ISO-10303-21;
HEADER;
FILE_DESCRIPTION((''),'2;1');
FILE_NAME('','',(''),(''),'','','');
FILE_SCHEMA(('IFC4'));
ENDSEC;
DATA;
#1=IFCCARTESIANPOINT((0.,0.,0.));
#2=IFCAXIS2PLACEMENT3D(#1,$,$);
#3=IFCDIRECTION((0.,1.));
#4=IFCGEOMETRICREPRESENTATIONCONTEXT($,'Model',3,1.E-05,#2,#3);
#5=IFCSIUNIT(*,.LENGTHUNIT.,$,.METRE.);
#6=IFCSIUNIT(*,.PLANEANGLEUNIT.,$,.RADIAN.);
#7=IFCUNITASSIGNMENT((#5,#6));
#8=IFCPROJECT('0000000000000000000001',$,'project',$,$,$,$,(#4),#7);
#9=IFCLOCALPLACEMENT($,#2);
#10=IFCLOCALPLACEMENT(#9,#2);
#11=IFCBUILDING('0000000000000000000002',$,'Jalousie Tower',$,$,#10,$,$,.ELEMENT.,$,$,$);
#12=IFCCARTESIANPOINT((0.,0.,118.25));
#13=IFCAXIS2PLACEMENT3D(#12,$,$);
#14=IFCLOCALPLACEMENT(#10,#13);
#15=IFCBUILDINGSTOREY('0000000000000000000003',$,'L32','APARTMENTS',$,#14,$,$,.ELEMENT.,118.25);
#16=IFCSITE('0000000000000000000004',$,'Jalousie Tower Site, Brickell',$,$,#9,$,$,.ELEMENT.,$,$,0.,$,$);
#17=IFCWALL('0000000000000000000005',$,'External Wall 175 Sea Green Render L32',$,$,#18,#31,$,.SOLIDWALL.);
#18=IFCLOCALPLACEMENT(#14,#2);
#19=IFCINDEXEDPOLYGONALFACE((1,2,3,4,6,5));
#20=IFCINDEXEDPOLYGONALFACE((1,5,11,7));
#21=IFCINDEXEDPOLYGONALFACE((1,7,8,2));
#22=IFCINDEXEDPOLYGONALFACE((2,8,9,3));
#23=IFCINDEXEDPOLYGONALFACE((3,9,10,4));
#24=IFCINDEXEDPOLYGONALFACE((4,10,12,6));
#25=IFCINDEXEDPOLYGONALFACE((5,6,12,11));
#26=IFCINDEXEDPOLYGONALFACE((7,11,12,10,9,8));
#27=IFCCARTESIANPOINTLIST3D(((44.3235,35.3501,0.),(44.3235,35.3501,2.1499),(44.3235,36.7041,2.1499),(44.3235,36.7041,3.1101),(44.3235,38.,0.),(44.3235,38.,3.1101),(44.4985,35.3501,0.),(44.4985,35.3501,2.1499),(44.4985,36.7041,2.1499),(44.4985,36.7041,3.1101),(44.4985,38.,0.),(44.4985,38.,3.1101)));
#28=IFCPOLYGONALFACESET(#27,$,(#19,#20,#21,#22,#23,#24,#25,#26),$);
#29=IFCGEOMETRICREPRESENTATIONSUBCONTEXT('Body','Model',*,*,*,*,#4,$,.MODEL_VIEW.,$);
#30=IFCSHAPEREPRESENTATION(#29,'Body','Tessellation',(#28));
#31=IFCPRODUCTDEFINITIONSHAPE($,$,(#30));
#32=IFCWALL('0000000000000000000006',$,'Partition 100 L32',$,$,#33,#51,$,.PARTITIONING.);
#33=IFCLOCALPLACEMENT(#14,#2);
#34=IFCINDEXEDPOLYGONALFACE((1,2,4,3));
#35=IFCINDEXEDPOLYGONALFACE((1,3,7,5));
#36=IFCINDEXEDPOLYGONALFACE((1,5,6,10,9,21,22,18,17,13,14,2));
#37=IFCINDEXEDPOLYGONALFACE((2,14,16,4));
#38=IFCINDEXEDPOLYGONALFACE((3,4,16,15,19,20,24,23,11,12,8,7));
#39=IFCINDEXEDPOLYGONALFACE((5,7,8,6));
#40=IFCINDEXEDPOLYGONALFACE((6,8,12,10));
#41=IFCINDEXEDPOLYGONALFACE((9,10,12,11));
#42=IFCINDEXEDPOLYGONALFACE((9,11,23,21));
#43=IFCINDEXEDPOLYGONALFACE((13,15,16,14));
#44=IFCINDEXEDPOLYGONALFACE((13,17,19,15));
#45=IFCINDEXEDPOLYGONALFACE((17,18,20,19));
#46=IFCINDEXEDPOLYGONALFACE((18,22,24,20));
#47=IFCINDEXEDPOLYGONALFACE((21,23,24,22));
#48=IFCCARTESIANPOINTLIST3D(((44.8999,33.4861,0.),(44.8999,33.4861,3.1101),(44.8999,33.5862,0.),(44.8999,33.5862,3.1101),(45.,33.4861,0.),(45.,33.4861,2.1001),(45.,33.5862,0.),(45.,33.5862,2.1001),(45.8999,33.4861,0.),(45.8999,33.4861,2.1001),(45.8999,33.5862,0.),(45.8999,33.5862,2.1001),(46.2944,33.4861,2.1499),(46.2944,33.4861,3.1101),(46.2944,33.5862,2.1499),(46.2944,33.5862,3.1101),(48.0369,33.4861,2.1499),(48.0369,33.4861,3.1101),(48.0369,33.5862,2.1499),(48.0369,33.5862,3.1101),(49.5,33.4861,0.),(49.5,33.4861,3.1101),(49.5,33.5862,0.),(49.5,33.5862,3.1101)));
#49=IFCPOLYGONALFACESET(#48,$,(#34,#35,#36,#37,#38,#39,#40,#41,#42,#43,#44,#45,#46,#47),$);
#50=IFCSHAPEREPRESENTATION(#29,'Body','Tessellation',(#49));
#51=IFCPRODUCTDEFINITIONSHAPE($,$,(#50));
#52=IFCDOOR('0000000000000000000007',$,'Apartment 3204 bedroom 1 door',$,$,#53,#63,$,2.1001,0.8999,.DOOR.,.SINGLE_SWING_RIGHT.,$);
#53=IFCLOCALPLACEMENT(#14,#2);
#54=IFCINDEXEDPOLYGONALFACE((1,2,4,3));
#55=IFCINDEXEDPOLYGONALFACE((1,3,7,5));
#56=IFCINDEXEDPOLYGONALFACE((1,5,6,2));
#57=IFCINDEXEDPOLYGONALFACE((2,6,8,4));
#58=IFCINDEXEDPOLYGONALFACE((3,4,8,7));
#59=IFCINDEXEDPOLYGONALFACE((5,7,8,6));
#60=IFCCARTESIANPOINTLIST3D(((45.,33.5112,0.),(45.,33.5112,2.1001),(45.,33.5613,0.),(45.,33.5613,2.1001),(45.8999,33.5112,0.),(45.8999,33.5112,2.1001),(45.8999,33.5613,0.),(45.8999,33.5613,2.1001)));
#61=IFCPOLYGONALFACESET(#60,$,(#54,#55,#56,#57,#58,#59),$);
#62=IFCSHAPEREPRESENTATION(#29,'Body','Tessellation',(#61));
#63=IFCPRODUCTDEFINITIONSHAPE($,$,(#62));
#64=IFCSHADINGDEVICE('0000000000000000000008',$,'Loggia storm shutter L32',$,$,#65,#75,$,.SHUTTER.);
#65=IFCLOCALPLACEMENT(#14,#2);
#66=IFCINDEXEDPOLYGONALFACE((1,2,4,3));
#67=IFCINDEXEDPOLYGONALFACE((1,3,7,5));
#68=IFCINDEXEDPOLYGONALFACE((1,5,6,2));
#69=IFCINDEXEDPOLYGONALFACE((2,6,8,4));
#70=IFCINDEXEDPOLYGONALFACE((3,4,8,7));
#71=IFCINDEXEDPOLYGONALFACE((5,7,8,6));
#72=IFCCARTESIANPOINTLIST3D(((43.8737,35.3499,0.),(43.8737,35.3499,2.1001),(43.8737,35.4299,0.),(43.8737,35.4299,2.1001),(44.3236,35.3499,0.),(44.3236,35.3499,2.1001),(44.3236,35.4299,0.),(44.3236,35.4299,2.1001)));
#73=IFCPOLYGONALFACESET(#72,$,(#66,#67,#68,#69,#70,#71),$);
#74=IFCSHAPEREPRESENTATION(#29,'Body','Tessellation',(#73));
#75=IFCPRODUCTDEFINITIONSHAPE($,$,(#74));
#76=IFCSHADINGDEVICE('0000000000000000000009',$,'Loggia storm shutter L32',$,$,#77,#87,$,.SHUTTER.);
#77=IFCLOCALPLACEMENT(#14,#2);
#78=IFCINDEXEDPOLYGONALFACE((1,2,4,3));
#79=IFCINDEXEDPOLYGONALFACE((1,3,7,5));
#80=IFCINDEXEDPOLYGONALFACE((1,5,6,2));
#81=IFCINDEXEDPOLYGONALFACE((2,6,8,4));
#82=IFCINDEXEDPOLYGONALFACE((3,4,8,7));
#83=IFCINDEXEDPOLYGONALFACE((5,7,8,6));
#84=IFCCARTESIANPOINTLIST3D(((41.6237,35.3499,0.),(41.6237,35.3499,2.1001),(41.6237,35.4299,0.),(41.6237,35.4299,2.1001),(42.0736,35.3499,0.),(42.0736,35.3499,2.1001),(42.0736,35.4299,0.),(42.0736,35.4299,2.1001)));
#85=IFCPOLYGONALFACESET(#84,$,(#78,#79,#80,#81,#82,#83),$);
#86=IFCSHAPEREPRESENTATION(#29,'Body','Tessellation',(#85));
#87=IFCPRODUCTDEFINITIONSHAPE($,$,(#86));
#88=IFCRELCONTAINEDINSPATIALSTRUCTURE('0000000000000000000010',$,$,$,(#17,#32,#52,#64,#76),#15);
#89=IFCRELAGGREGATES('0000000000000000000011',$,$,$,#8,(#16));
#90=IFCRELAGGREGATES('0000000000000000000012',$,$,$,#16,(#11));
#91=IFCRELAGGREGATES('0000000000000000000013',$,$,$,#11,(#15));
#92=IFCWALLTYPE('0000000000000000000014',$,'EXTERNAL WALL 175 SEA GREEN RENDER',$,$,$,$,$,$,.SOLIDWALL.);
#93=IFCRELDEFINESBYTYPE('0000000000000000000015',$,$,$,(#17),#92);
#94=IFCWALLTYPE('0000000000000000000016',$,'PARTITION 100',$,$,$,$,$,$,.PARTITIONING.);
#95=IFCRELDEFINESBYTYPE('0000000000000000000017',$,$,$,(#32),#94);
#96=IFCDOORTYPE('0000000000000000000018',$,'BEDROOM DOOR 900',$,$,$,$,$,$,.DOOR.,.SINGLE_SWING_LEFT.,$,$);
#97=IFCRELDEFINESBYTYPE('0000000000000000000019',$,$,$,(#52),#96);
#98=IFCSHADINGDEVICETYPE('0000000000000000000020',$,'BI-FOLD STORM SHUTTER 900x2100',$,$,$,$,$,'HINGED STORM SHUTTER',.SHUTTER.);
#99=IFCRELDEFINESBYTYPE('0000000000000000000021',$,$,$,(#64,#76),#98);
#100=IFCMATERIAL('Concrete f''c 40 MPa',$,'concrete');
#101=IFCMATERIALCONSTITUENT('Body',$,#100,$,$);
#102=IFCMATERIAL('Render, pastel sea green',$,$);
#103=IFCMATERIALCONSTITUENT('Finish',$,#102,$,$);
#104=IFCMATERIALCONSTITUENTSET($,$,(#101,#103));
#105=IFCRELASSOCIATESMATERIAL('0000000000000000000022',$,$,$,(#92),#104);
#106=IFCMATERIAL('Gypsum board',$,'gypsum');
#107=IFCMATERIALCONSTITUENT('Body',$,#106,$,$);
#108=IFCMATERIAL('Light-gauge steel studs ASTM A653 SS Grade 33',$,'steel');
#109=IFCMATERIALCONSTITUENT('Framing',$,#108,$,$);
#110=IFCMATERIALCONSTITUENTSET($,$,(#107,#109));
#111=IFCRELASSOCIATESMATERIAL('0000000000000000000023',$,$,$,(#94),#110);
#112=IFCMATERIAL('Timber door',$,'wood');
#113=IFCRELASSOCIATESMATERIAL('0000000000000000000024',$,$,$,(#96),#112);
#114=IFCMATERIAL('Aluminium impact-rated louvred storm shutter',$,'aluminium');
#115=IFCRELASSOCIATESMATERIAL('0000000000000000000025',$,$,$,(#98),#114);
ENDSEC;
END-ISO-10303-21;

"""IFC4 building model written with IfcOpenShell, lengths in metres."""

from ifc_helpers import new_model, si_unit, direction, frame, frame_2d, origin, origin_2d, place, context, subcontext, project, spatial, polyline, rectangle, outline, extrude, material, constituent, constituent_set, type_object, element, fill, save


model = new_model("IFC4")

# Units and contexts
model_context = context("Model", 3, precision=1e-05, world=origin(), true_north=direction((0.0, 1.0)))
body_context = subcontext(model_context, "Body", "Model", "MODEL_VIEW")
ifc_project = project(units=[si_unit("LENGTHUNIT", "METRE"), si_unit("PLANEANGLEUNIT", "RADIAN")], contexts=[model_context])

# Site, building, storey
site_placement = place(None, origin())
site = spatial("IfcSite", under=ifc_project, at=site_placement, Name="Jalousie Tower Site, Brickell", CompositionType="ELEMENT", RefElevation=0.0)
building_placement = place(site_placement, origin())
building = spatial("IfcBuilding", under=site, at=building_placement, Name="Jalousie Tower", CompositionType="ELEMENT")
storey_placement = place(building_placement, frame((0.0, 0.0, 118.25)))
storey = spatial("IfcBuildingStorey", under=building, at=storey_placement, Name="L32", Description="APARTMENTS", CompositionType="ELEMENT", Elevation=118.25)

# Shared definitions
ifc_material_1 = material(Name="Concrete f'c 40 MPa", Category="concrete")
ifc_constituent_1 = constituent(ifc_material_1, Name="Body")
ifc_material_2 = material(Name="Render, pastel sea green")
ifc_constituent_2 = constituent(ifc_material_2, Name="Finish")
ifc_constituent_set_1 = constituent_set(constituents=[ifc_constituent_1, ifc_constituent_2])
wall_type_1 = type_object("IfcWallType", Name="EXTERNAL WALL 175 SEA GREEN RENDER", PredefinedType="SOLIDWALL", material=ifc_constituent_set_1)

# Wall
wall_1_placement = place(storey_placement, frame((44.4111, 38.0, 0.0), z_axis=(0.0, 0.0, 1.0), x_axis=(0.0, -1.0, 0.0)))
element("IfcWall", 1, at=wall_1_placement, inside=storey, type_object=wall_type_1, Name="External Wall 175 Sea Green Render L32", PredefinedType="SOLIDWALL", context=body_context, shape_type="SweptSolid", body=[
    extrude(outline(polyline([(0.0, 0.0), (2.6499, 0.0), (2.6499, 2.1499), (1.2959, 2.1499), (1.2959, 3.1101), (0.0, 3.1101), (0.0, 0.0)])), frame((0.0, 0.0874, 0.0), z_axis=(0.0, -1.0, 0.0), x_axis=(1.0, 0.0, 0.0)), (0.0, 0.0, 1.0), 0.175),
])

# Wall, opening, door
ifc_material_3 = material(Name="Gypsum board", Category="gypsum")
ifc_constituent_3 = constituent(ifc_material_3, Name="Body")
ifc_material_4 = material(Name="Light-gauge steel studs ASTM A653 SS Grade 33", Category="steel")
ifc_constituent_4 = constituent(ifc_material_4, Name="Framing")
ifc_constituent_set_2 = constituent_set(constituents=[ifc_constituent_3, ifc_constituent_4])
wall_type_2 = type_object("IfcWallType", Name="PARTITION 100", PredefinedType="PARTITIONING", material=ifc_constituent_set_2)
wall_2_placement = place(storey_placement, frame((44.8999, 33.5361, 0.0), z_axis=(0.0, 0.0, 1.0), x_axis=(1.0, 0.0, 0.0)))
wall_2 = element("IfcWall", 2, at=wall_2_placement, inside=storey, type_object=wall_type_2, Name="Partition 100 L32", PredefinedType="PARTITIONING", context=body_context, shape_type="SweptSolid", body=[
    extrude(outline(polyline([(0.0, 0.0), (4.6001, 0.0), (4.6001, 3.1101), (3.137, 3.1101), (3.137, 2.1499), (1.3945, 2.1499), (1.3945, 3.1101), (0.0, 3.1101), (0.0, 0.0)])), frame((0.0, 0.05, 0.0), z_axis=(0.0, -1.0, 0.0), x_axis=(1.0, 0.0, 0.0)), (0.0, 0.0, 1.0), 0.1001),
])
opening_1_placement = place(wall_2_placement, frame((0.1001, 0.0, 0.0)))
opening_1 = element("IfcOpeningElement", 3, at=opening_1_placement, cuts=wall_2, PredefinedType="OPENING", context=body_context, shape_type="SweptSolid", body=[
    extrude(rectangle(XDim=0.8999, YDim=2.1001, at=frame_2d((0.45, 1.05))), frame((0.0, 0.0601, 0.0), z_axis=(0.0, -1.0, 0.0), x_axis=(1.0, 0.0, 0.0)), (0.0, 0.0, 1.0), 0.1201),
])
ifc_material_5 = material(Name="Timber door", Category="wood")
door_type_1 = type_object("IfcDoorType", Name="BEDROOM DOOR 900", OperationType="SINGLE_SWING_LEFT", PredefinedType="DOOR", material=ifc_material_5)
door_1_placement = place(opening_1_placement, frame((0.8999, 0.0, 0.0), z_axis=(0.0, 0.0, 1.0), x_axis=(-1.0, 0.0, 0.0)))
door_1 = element("IfcDoor", 4, at=door_1_placement, inside=storey, type_object=door_type_1, Name="Apartment 3204 bedroom 1 door", OperationType="SINGLE_SWING_RIGHT", OverallHeight=2.1001, OverallWidth=0.8999, PredefinedType="DOOR", context=body_context, shape_type="SweptSolid", body=[
    extrude(rectangle(XDim=0.8999, YDim=2.1001, at=frame_2d((0.45, 1.05))), frame((0.0, 0.0249, 0.0), z_axis=(0.0, -1.0, 0.0), x_axis=(1.0, 0.0, 0.0)), (0.0, 0.0, 1.0), 0.05),
])
fill(opening_1, door_1)

# Shading devices
ifc_material_6 = material(Name="Aluminium impact-rated louvred storm shutter", Category="aluminium")
shading_device_type_1 = type_object("IfcShadingDeviceType", Name="BI-FOLD STORM SHUTTER 900x2100", ElementType="HINGED STORM SHUTTER", PredefinedType="SHUTTER", material=ifc_material_6)
for number, where, z_axis, x_axis, name in (
    (5, (44.0986, 35.3899, 0.0), (0.0, 0.0, 1.0), (-1.0, 0.0, 0.0), "Loggia storm shutter L32"),
    (6, (41.8486, 35.3899, 0.0), (0.0, 0.0, 1.0), (-1.0, 0.0, 0.0), "Loggia storm shutter L32"),
):
    element("IfcShadingDevice", number, at=place(storey_placement, frame(where, z_axis=z_axis, x_axis=x_axis)), inside=storey, type_object=shading_device_type_1, Name=name, PredefinedType="SHUTTER", context=body_context, shape_type="SweptSolid", body=[
        extrude(rectangle(XDim=0.45, YDim=0.0801, at=origin_2d()), origin(), (0.0, 0.0, 1.0), 2.1001),
    ])

save(model, "model.ifc")
